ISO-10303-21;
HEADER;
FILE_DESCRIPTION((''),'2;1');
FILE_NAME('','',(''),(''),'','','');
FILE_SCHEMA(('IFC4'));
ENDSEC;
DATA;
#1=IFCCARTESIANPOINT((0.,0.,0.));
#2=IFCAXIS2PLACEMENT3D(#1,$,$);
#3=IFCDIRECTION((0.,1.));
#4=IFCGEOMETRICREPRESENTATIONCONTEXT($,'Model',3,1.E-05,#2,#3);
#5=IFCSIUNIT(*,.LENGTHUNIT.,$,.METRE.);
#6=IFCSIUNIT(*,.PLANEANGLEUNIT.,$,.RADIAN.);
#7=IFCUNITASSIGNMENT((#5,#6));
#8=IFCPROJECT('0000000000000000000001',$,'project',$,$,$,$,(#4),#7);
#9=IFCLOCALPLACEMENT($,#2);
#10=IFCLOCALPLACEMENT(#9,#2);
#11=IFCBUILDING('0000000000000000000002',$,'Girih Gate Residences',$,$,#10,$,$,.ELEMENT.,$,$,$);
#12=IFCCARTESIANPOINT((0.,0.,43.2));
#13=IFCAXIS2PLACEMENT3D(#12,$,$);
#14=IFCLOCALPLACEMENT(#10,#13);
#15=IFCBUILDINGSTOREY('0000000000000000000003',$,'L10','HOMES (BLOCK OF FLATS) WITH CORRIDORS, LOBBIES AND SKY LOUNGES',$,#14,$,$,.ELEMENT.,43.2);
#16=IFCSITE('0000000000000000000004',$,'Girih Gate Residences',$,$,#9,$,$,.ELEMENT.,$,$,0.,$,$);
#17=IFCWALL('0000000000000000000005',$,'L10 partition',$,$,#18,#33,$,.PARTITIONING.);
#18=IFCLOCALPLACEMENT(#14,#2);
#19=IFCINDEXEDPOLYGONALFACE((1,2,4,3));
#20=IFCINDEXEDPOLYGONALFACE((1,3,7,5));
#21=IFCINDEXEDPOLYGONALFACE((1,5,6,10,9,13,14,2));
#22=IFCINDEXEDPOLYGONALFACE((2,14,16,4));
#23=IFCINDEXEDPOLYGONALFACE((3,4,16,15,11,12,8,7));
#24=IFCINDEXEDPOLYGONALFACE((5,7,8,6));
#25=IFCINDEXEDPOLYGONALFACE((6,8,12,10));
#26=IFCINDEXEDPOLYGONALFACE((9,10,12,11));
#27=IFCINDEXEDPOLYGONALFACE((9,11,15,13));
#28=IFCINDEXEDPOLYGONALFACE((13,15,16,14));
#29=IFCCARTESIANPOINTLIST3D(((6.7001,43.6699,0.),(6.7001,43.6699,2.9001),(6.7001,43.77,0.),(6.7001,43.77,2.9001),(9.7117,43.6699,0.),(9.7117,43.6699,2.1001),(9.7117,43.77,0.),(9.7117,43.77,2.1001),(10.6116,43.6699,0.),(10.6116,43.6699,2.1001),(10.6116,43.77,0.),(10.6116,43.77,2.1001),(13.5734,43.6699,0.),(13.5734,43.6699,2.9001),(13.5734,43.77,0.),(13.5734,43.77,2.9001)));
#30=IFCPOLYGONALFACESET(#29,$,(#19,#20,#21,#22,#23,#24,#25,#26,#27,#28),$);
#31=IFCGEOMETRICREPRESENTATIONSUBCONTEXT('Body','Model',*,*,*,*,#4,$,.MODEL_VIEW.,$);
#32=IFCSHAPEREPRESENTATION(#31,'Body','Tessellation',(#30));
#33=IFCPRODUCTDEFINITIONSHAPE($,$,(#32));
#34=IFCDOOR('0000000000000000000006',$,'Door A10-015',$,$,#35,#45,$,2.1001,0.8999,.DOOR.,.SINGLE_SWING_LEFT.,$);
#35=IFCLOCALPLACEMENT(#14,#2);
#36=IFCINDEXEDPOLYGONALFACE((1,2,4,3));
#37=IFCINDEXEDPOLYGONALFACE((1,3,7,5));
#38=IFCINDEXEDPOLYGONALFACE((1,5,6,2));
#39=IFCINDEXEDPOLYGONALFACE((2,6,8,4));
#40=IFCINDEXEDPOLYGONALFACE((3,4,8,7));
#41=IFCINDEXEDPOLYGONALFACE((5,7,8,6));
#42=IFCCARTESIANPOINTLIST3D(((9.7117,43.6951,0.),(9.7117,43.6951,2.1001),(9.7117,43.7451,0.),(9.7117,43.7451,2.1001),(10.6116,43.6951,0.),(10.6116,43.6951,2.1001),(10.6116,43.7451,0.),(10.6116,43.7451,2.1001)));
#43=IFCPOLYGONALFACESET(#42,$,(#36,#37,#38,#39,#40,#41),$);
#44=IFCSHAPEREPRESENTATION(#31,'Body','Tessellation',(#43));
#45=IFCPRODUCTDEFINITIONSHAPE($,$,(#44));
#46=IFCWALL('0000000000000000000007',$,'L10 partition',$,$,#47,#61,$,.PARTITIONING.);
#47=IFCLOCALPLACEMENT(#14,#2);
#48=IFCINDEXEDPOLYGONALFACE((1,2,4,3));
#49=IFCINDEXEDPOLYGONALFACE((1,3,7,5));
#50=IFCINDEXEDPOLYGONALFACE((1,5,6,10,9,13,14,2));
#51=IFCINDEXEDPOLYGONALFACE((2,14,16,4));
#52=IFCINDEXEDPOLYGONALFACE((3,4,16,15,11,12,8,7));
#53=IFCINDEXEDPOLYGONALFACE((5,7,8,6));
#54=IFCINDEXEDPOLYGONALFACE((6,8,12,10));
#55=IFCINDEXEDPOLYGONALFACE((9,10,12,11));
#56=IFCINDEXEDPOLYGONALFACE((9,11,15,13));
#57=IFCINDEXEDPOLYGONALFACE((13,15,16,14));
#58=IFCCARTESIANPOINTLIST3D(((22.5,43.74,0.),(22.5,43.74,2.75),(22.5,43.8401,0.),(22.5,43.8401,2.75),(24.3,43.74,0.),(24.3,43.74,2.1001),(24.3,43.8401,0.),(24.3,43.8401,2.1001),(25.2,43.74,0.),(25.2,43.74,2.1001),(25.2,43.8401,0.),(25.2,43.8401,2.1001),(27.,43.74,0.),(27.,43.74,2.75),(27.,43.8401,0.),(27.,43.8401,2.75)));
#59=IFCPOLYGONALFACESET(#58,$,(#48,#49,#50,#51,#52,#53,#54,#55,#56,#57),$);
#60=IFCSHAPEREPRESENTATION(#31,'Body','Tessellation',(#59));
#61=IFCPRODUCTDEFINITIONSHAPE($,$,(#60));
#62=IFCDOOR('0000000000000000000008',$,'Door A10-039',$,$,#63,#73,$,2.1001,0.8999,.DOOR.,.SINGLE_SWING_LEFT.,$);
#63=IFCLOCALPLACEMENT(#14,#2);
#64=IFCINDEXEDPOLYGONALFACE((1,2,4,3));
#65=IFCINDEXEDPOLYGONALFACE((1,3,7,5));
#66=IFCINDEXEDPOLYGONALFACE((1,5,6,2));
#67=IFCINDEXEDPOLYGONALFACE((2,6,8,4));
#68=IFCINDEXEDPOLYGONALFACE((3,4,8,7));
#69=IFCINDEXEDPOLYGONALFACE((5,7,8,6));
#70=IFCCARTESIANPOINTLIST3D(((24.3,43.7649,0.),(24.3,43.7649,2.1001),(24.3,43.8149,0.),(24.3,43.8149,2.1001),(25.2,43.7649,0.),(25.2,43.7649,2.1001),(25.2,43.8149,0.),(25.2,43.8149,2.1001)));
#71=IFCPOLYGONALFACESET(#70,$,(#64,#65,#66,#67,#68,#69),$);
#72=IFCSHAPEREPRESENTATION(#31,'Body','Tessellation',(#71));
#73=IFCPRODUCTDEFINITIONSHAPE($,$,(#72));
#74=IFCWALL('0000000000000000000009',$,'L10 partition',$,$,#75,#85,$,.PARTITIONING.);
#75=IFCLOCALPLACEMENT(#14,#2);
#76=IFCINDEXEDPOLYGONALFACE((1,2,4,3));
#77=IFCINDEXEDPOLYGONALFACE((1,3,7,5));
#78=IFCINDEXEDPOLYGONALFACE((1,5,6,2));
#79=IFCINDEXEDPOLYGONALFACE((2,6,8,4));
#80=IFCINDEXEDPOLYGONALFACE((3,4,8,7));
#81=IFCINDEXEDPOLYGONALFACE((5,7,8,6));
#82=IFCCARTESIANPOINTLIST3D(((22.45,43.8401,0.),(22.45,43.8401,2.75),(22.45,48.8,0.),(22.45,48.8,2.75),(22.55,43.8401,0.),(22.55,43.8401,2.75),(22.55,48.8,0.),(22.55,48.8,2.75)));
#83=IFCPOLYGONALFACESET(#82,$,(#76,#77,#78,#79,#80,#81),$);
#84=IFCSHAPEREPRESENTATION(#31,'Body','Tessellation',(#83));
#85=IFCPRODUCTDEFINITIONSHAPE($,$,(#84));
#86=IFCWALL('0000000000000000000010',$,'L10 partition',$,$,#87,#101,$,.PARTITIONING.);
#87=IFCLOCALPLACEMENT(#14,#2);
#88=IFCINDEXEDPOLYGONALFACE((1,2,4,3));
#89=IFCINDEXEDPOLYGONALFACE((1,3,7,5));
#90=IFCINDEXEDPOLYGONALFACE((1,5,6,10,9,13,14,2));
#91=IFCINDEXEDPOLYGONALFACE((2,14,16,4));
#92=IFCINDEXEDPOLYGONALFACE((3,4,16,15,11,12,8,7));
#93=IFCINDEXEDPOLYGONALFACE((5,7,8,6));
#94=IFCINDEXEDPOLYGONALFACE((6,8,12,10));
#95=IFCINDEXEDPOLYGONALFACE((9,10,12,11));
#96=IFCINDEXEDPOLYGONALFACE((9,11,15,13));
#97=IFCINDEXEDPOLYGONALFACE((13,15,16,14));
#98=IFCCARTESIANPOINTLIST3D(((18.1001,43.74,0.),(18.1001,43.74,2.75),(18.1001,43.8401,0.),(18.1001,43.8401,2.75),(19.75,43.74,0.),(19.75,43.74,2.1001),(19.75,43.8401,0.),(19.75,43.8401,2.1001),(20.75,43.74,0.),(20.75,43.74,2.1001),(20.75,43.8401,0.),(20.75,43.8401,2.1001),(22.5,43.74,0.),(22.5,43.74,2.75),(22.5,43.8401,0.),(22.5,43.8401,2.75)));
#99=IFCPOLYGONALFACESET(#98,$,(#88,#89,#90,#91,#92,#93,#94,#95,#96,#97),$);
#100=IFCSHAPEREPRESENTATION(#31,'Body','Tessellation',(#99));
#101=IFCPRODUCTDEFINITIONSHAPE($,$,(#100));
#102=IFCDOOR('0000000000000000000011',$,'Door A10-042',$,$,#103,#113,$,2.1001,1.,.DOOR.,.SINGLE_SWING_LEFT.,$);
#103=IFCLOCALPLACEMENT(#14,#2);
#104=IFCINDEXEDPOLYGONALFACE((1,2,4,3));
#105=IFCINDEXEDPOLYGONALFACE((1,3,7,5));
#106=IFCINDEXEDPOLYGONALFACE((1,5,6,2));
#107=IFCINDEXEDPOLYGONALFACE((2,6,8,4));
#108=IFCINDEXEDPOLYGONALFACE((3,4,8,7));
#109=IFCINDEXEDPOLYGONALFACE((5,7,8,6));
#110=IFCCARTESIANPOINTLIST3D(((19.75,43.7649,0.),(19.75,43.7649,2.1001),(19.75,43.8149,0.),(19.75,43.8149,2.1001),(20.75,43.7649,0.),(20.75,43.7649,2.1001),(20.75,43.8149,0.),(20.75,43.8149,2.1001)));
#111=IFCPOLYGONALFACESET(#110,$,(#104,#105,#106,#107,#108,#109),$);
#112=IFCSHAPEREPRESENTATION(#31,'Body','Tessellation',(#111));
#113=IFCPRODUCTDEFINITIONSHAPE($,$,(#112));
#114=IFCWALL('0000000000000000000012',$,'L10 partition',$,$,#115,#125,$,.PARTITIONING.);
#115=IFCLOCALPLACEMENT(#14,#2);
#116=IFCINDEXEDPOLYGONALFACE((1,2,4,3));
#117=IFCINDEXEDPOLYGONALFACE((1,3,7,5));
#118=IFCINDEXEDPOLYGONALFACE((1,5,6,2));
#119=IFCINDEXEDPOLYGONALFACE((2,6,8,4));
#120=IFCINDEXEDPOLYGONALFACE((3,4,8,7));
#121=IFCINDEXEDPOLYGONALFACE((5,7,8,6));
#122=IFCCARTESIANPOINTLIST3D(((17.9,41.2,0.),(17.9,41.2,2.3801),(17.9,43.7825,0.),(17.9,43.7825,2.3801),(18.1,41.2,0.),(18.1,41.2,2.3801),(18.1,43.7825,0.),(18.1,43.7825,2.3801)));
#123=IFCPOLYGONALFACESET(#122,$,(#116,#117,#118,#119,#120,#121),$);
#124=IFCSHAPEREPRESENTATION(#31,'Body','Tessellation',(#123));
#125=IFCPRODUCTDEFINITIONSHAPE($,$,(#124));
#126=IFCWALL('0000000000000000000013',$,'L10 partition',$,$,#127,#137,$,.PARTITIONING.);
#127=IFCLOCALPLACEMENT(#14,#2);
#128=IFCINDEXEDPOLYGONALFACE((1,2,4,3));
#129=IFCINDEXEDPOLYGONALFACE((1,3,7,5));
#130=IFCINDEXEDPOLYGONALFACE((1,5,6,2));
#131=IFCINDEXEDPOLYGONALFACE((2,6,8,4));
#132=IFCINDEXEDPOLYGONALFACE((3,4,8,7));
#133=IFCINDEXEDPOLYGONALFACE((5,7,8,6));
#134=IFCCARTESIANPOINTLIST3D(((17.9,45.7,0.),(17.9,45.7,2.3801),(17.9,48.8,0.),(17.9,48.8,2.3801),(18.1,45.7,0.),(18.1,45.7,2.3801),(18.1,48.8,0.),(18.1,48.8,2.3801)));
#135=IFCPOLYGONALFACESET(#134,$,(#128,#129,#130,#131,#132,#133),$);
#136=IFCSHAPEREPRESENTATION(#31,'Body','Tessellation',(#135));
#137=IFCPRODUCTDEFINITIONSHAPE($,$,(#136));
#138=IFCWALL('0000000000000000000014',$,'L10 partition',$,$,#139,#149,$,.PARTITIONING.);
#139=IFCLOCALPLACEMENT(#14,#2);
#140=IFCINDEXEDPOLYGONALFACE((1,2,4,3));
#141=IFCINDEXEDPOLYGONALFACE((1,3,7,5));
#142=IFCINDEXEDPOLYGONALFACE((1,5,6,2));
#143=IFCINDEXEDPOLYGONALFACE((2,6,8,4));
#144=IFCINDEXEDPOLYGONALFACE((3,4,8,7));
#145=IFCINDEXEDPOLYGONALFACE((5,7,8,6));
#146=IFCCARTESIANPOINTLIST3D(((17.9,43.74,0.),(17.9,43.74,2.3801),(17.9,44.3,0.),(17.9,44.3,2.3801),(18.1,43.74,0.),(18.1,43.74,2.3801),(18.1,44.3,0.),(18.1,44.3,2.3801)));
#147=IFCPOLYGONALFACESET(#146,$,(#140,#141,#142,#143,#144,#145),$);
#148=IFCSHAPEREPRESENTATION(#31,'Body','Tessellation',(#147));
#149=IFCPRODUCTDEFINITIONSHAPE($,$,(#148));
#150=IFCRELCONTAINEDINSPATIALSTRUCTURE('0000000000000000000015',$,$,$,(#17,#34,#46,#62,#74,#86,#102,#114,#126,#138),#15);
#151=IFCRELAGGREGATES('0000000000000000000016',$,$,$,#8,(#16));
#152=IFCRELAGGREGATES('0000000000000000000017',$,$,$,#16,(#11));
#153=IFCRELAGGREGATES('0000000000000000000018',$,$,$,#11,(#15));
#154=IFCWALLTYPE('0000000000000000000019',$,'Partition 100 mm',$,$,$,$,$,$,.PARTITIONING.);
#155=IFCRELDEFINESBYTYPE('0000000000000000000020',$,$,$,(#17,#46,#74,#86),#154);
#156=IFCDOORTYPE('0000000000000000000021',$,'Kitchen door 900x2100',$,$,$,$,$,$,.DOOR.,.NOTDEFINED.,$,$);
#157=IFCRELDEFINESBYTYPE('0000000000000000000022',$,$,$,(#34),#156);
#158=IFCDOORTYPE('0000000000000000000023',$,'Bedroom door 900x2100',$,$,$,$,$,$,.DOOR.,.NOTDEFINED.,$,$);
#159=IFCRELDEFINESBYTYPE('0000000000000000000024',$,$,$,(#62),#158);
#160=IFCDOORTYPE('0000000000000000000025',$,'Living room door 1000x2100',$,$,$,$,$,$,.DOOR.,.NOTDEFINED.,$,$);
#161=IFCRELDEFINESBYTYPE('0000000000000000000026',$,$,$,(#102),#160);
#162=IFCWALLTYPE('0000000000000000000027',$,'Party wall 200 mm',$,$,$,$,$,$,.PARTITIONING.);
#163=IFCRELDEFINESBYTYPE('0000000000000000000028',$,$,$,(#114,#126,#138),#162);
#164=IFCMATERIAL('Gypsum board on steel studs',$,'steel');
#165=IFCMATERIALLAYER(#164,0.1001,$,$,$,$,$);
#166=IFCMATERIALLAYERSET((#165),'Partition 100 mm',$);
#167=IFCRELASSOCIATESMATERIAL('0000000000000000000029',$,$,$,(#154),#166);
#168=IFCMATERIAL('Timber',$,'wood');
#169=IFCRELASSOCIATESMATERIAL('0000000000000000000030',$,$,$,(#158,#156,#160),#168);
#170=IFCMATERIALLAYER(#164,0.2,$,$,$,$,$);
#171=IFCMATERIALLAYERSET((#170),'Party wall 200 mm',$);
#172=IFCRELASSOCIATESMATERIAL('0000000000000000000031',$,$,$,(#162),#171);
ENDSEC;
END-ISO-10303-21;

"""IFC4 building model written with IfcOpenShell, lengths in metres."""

from ifc_helpers import new_model, si_unit, direction, frame, frame_2d, origin, place, context, subcontext, project, spatial, rectangle, extrude, material, layer, layer_set, type_object, element, fill, save


model = new_model("IFC4")

# Units and contexts
model_context = context("Model", 3, precision=1e-05, world=origin(), true_north=direction((0.0, 1.0)))
body_context = subcontext(model_context, "Body", "Model", "MODEL_VIEW")
ifc_project = project(units=[si_unit("LENGTHUNIT", "METRE"), si_unit("PLANEANGLEUNIT", "RADIAN")], contexts=[model_context])

# Site, building, storey
site_placement = place(None, origin())
site = spatial("IfcSite", under=ifc_project, at=site_placement, Name="Girih Gate Residences", CompositionType="ELEMENT", RefElevation=0.0)
building_placement = place(site_placement, origin())
building = spatial("IfcBuilding", under=site, at=building_placement, Name="Girih Gate Residences", CompositionType="ELEMENT")
storey_placement = place(building_placement, frame((0.0, 0.0, 43.2)))
storey = spatial("IfcBuildingStorey", under=building, at=storey_placement, Name="L10", Description="HOMES (BLOCK OF FLATS) WITH CORRIDORS, LOBBIES AND SKY LOUNGES", CompositionType="ELEMENT", Elevation=43.2)

# Shared definitions
ifc_material_1 = material(Name="Gypsum board on steel studs", Category="steel")
ifc_layer_1 = layer(ifc_material_1, 0.1001)
ifc_layer_set_1 = layer_set([ifc_layer_1], Name="Partition 100 mm")
wall_type_1 = type_object("IfcWallType", Name="Partition 100 mm", PredefinedType="PARTITIONING", material=ifc_layer_set_1)

# Walls, openings, doors
ifc_material_2 = material(Name="Timber", Category="wood")
door_type_1 = type_object("IfcDoorType", Name="Bedroom door 900x2100", OperationType="NOTDEFINED", PredefinedType="DOOR", material=ifc_material_2)
wall_1_placement = place(storey_placement, frame((13.5732, 43.72, 0.0), z_axis=(0.0, 0.0, 1.0), x_axis=(-1.0, 0.0, 0.0)))
wall_1 = element("IfcWall", 1, at=wall_1_placement, inside=storey, type_object=wall_type_1, Name="L10 partition", PredefinedType="PARTITIONING", context=body_context, shape_type="SweptSolid", body=[
    extrude(rectangle(XDim=6.8733, YDim=0.1001, at=frame_2d((3.4365, 0.0))), origin(), (0.0, 0.0, 1.0), 2.9001),
])
opening_1_placement = place(wall_1_placement, frame((2.9617, 0.0, 0.0)))
opening_1 = element("IfcOpeningElement", 2, at=opening_1_placement, cuts=wall_1, PredefinedType="OPENING", context=body_context, shape_type="SweptSolid", body=[
    extrude(rectangle(XDim=0.8999, YDim=2.1001, at=frame_2d((0.45, 1.05))), frame((0.0, 0.0601, 0.0), z_axis=(0.0, -1.0, 0.0), x_axis=(1.0, 0.0, 0.0)), (0.0, 0.0, 1.0), 0.1201),
])
door_type_2 = type_object("IfcDoorType", Name="Kitchen door 900x2100", OperationType="NOTDEFINED", PredefinedType="DOOR", material=ifc_material_2)
door_1_placement = place(opening_1_placement, origin())
door_1 = element("IfcDoor", 3, at=door_1_placement, inside=storey, type_object=door_type_2, Name="Door A10-015", OperationType="SINGLE_SWING_LEFT", OverallHeight=2.1001, OverallWidth=0.8999, PredefinedType="DOOR", context=body_context, shape_type="SweptSolid", body=[
    extrude(rectangle(XDim=0.8999, YDim=2.1001, at=frame_2d((0.45, 1.05))), frame((0.0, 0.0249, 0.0), z_axis=(0.0, -1.0, 0.0), x_axis=(1.0, 0.0, 0.0)), (0.0, 0.0, 1.0), 0.05),
])
fill(opening_1, door_1)
wall_2_placement = place(storey_placement, frame((22.5, 43.79, 0.0), z_axis=(0.0, 0.0, 1.0), x_axis=(1.0, 0.0, 0.0)))
wall_2 = element("IfcWall", 4, at=wall_2_placement, inside=storey, type_object=wall_type_1, Name="L10 partition", PredefinedType="PARTITIONING", context=body_context, shape_type="SweptSolid", body=[
    extrude(rectangle(XDim=4.5, YDim=0.1001, at=frame_2d((2.25, 0.0))), origin(), (0.0, 0.0, 1.0), 2.75),
])
opening_2_placement = place(wall_2_placement, frame((1.8, 0.0, 0.0)))
opening_2 = element("IfcOpeningElement", 5, at=opening_2_placement, cuts=wall_2, PredefinedType="OPENING", context=body_context, shape_type="SweptSolid", body=[
    extrude(rectangle(XDim=0.8999, YDim=2.1001, at=frame_2d((0.45, 1.05))), frame((0.0, 0.0601, 0.0), z_axis=(0.0, -1.0, 0.0), x_axis=(1.0, 0.0, 0.0)), (0.0, 0.0, 1.0), 0.1201),
])
door_2_placement = place(opening_2_placement, origin())
door_2 = element("IfcDoor", 6, at=door_2_placement, inside=storey, type_object=door_type_1, Name="Door A10-039", OperationType="SINGLE_SWING_LEFT", OverallHeight=2.1001, OverallWidth=0.8999, PredefinedType="DOOR", context=body_context, shape_type="SweptSolid", body=[
    extrude(rectangle(XDim=0.8999, YDim=2.1001, at=frame_2d((0.45, 1.05))), frame((0.0, 0.0249, 0.0), z_axis=(0.0, -1.0, 0.0), x_axis=(1.0, 0.0, 0.0)), (0.0, 0.0, 1.0), 0.05),
])
fill(opening_2, door_2)

# Wall
wall_3_placement = place(storey_placement, frame((22.5, 43.8401, 0.0), z_axis=(0.0, 0.0, 1.0), x_axis=(0.0, 1.0, 0.0)))
element("IfcWall", 7, at=wall_3_placement, inside=storey, type_object=wall_type_1, Name="L10 partition", PredefinedType="PARTITIONING", context=body_context, shape_type="SweptSolid", body=[
    extrude(rectangle(XDim=4.96, YDim=0.1001, at=frame_2d((2.48, 0.0))), origin(), (0.0, 0.0, 1.0), 2.75),
])

# Wall, opening, door
wall_4_placement = place(storey_placement, frame((18.1001, 43.79, 0.0), z_axis=(0.0, 0.0, 1.0), x_axis=(1.0, 0.0, 0.0)))
wall_4 = element("IfcWall", 8, at=wall_4_placement, inside=storey, type_object=wall_type_1, Name="L10 partition", PredefinedType="PARTITIONING", context=body_context, shape_type="SweptSolid", body=[
    extrude(rectangle(XDim=4.3999, YDim=0.1001, at=frame_2d((2.2, 0.0))), origin(), (0.0, 0.0, 1.0), 2.75),
])
opening_3_placement = place(wall_4_placement, frame((1.6499, 0.0, 0.0)))
opening_3 = element("IfcOpeningElement", 9, at=opening_3_placement, cuts=wall_4, PredefinedType="OPENING", context=body_context, shape_type="SweptSolid", body=[
    extrude(rectangle(XDim=1.0, YDim=2.1001, at=frame_2d((0.5, 1.05))), frame((0.0, 0.0601, 0.0), z_axis=(0.0, -1.0, 0.0), x_axis=(1.0, 0.0, 0.0)), (0.0, 0.0, 1.0), 0.1201),
])
door_type_3 = type_object("IfcDoorType", Name="Living room door 1000x2100", OperationType="NOTDEFINED", PredefinedType="DOOR", material=ifc_material_2)
door_3_placement = place(opening_3_placement, origin())
door_3 = element("IfcDoor", 10, at=door_3_placement, inside=storey, type_object=door_type_3, Name="Door A10-042", OperationType="SINGLE_SWING_LEFT", OverallHeight=2.1001, OverallWidth=1.0, PredefinedType="DOOR", context=body_context, shape_type="SweptSolid", body=[
    extrude(rectangle(XDim=1.0, YDim=2.1001, at=frame_2d((0.5, 1.05))), frame((0.0, 0.0249, 0.0), z_axis=(0.0, -1.0, 0.0), x_axis=(1.0, 0.0, 0.0)), (0.0, 0.0, 1.0), 0.05),
])
fill(opening_3, door_3)

# Walls
ifc_layer_2 = layer(ifc_material_1, 0.2)
ifc_layer_set_2 = layer_set([ifc_layer_2], Name="Party wall 200 mm")
wall_type_2 = type_object("IfcWallType", Name="Party wall 200 mm", PredefinedType="PARTITIONING", material=ifc_layer_set_2)
wall_5_placement = place(storey_placement, frame((18.0, 41.2, 0.0), z_axis=(0.0, 0.0, 1.0), x_axis=(0.0, 1.0, 0.0)))
element("IfcWall", 11, at=wall_5_placement, inside=storey, type_object=wall_type_2, Name="L10 partition", PredefinedType="PARTITIONING", context=body_context, shape_type="SweptSolid", body=[
    extrude(rectangle(XDim=2.5825, YDim=0.2, at=frame_2d((1.2913, 0.0))), origin(), (0.0, 0.0, 1.0), 2.3801),
])
wall_6_placement = place(storey_placement, frame((18.0, 45.7, 0.0), z_axis=(0.0, 0.0, 1.0), x_axis=(0.0, 1.0, 0.0)))
element("IfcWall", 12, at=wall_6_placement, inside=storey, type_object=wall_type_2, Name="L10 partition", PredefinedType="PARTITIONING", context=body_context, shape_type="SweptSolid", body=[
    extrude(rectangle(XDim=3.1001, YDim=0.2, at=frame_2d((1.55, 0.0))), origin(), (0.0, 0.0, 1.0), 2.3801),
])
wall_7_placement = place(storey_placement, frame((18.0, 43.74, 0.0), z_axis=(0.0, 0.0, 1.0), x_axis=(0.0, 1.0, 0.0)))
element("IfcWall", 13, at=wall_7_placement, inside=storey, type_object=wall_type_2, Name="L10 partition", PredefinedType="PARTITIONING", context=body_context, shape_type="SweptSolid", body=[
    extrude(rectangle(XDim=0.5601, YDim=0.2, at=frame_2d((0.28, 0.0))), origin(), (0.0, 0.0, 1.0), 2.3801),
])

save(model, "model.ifc")
